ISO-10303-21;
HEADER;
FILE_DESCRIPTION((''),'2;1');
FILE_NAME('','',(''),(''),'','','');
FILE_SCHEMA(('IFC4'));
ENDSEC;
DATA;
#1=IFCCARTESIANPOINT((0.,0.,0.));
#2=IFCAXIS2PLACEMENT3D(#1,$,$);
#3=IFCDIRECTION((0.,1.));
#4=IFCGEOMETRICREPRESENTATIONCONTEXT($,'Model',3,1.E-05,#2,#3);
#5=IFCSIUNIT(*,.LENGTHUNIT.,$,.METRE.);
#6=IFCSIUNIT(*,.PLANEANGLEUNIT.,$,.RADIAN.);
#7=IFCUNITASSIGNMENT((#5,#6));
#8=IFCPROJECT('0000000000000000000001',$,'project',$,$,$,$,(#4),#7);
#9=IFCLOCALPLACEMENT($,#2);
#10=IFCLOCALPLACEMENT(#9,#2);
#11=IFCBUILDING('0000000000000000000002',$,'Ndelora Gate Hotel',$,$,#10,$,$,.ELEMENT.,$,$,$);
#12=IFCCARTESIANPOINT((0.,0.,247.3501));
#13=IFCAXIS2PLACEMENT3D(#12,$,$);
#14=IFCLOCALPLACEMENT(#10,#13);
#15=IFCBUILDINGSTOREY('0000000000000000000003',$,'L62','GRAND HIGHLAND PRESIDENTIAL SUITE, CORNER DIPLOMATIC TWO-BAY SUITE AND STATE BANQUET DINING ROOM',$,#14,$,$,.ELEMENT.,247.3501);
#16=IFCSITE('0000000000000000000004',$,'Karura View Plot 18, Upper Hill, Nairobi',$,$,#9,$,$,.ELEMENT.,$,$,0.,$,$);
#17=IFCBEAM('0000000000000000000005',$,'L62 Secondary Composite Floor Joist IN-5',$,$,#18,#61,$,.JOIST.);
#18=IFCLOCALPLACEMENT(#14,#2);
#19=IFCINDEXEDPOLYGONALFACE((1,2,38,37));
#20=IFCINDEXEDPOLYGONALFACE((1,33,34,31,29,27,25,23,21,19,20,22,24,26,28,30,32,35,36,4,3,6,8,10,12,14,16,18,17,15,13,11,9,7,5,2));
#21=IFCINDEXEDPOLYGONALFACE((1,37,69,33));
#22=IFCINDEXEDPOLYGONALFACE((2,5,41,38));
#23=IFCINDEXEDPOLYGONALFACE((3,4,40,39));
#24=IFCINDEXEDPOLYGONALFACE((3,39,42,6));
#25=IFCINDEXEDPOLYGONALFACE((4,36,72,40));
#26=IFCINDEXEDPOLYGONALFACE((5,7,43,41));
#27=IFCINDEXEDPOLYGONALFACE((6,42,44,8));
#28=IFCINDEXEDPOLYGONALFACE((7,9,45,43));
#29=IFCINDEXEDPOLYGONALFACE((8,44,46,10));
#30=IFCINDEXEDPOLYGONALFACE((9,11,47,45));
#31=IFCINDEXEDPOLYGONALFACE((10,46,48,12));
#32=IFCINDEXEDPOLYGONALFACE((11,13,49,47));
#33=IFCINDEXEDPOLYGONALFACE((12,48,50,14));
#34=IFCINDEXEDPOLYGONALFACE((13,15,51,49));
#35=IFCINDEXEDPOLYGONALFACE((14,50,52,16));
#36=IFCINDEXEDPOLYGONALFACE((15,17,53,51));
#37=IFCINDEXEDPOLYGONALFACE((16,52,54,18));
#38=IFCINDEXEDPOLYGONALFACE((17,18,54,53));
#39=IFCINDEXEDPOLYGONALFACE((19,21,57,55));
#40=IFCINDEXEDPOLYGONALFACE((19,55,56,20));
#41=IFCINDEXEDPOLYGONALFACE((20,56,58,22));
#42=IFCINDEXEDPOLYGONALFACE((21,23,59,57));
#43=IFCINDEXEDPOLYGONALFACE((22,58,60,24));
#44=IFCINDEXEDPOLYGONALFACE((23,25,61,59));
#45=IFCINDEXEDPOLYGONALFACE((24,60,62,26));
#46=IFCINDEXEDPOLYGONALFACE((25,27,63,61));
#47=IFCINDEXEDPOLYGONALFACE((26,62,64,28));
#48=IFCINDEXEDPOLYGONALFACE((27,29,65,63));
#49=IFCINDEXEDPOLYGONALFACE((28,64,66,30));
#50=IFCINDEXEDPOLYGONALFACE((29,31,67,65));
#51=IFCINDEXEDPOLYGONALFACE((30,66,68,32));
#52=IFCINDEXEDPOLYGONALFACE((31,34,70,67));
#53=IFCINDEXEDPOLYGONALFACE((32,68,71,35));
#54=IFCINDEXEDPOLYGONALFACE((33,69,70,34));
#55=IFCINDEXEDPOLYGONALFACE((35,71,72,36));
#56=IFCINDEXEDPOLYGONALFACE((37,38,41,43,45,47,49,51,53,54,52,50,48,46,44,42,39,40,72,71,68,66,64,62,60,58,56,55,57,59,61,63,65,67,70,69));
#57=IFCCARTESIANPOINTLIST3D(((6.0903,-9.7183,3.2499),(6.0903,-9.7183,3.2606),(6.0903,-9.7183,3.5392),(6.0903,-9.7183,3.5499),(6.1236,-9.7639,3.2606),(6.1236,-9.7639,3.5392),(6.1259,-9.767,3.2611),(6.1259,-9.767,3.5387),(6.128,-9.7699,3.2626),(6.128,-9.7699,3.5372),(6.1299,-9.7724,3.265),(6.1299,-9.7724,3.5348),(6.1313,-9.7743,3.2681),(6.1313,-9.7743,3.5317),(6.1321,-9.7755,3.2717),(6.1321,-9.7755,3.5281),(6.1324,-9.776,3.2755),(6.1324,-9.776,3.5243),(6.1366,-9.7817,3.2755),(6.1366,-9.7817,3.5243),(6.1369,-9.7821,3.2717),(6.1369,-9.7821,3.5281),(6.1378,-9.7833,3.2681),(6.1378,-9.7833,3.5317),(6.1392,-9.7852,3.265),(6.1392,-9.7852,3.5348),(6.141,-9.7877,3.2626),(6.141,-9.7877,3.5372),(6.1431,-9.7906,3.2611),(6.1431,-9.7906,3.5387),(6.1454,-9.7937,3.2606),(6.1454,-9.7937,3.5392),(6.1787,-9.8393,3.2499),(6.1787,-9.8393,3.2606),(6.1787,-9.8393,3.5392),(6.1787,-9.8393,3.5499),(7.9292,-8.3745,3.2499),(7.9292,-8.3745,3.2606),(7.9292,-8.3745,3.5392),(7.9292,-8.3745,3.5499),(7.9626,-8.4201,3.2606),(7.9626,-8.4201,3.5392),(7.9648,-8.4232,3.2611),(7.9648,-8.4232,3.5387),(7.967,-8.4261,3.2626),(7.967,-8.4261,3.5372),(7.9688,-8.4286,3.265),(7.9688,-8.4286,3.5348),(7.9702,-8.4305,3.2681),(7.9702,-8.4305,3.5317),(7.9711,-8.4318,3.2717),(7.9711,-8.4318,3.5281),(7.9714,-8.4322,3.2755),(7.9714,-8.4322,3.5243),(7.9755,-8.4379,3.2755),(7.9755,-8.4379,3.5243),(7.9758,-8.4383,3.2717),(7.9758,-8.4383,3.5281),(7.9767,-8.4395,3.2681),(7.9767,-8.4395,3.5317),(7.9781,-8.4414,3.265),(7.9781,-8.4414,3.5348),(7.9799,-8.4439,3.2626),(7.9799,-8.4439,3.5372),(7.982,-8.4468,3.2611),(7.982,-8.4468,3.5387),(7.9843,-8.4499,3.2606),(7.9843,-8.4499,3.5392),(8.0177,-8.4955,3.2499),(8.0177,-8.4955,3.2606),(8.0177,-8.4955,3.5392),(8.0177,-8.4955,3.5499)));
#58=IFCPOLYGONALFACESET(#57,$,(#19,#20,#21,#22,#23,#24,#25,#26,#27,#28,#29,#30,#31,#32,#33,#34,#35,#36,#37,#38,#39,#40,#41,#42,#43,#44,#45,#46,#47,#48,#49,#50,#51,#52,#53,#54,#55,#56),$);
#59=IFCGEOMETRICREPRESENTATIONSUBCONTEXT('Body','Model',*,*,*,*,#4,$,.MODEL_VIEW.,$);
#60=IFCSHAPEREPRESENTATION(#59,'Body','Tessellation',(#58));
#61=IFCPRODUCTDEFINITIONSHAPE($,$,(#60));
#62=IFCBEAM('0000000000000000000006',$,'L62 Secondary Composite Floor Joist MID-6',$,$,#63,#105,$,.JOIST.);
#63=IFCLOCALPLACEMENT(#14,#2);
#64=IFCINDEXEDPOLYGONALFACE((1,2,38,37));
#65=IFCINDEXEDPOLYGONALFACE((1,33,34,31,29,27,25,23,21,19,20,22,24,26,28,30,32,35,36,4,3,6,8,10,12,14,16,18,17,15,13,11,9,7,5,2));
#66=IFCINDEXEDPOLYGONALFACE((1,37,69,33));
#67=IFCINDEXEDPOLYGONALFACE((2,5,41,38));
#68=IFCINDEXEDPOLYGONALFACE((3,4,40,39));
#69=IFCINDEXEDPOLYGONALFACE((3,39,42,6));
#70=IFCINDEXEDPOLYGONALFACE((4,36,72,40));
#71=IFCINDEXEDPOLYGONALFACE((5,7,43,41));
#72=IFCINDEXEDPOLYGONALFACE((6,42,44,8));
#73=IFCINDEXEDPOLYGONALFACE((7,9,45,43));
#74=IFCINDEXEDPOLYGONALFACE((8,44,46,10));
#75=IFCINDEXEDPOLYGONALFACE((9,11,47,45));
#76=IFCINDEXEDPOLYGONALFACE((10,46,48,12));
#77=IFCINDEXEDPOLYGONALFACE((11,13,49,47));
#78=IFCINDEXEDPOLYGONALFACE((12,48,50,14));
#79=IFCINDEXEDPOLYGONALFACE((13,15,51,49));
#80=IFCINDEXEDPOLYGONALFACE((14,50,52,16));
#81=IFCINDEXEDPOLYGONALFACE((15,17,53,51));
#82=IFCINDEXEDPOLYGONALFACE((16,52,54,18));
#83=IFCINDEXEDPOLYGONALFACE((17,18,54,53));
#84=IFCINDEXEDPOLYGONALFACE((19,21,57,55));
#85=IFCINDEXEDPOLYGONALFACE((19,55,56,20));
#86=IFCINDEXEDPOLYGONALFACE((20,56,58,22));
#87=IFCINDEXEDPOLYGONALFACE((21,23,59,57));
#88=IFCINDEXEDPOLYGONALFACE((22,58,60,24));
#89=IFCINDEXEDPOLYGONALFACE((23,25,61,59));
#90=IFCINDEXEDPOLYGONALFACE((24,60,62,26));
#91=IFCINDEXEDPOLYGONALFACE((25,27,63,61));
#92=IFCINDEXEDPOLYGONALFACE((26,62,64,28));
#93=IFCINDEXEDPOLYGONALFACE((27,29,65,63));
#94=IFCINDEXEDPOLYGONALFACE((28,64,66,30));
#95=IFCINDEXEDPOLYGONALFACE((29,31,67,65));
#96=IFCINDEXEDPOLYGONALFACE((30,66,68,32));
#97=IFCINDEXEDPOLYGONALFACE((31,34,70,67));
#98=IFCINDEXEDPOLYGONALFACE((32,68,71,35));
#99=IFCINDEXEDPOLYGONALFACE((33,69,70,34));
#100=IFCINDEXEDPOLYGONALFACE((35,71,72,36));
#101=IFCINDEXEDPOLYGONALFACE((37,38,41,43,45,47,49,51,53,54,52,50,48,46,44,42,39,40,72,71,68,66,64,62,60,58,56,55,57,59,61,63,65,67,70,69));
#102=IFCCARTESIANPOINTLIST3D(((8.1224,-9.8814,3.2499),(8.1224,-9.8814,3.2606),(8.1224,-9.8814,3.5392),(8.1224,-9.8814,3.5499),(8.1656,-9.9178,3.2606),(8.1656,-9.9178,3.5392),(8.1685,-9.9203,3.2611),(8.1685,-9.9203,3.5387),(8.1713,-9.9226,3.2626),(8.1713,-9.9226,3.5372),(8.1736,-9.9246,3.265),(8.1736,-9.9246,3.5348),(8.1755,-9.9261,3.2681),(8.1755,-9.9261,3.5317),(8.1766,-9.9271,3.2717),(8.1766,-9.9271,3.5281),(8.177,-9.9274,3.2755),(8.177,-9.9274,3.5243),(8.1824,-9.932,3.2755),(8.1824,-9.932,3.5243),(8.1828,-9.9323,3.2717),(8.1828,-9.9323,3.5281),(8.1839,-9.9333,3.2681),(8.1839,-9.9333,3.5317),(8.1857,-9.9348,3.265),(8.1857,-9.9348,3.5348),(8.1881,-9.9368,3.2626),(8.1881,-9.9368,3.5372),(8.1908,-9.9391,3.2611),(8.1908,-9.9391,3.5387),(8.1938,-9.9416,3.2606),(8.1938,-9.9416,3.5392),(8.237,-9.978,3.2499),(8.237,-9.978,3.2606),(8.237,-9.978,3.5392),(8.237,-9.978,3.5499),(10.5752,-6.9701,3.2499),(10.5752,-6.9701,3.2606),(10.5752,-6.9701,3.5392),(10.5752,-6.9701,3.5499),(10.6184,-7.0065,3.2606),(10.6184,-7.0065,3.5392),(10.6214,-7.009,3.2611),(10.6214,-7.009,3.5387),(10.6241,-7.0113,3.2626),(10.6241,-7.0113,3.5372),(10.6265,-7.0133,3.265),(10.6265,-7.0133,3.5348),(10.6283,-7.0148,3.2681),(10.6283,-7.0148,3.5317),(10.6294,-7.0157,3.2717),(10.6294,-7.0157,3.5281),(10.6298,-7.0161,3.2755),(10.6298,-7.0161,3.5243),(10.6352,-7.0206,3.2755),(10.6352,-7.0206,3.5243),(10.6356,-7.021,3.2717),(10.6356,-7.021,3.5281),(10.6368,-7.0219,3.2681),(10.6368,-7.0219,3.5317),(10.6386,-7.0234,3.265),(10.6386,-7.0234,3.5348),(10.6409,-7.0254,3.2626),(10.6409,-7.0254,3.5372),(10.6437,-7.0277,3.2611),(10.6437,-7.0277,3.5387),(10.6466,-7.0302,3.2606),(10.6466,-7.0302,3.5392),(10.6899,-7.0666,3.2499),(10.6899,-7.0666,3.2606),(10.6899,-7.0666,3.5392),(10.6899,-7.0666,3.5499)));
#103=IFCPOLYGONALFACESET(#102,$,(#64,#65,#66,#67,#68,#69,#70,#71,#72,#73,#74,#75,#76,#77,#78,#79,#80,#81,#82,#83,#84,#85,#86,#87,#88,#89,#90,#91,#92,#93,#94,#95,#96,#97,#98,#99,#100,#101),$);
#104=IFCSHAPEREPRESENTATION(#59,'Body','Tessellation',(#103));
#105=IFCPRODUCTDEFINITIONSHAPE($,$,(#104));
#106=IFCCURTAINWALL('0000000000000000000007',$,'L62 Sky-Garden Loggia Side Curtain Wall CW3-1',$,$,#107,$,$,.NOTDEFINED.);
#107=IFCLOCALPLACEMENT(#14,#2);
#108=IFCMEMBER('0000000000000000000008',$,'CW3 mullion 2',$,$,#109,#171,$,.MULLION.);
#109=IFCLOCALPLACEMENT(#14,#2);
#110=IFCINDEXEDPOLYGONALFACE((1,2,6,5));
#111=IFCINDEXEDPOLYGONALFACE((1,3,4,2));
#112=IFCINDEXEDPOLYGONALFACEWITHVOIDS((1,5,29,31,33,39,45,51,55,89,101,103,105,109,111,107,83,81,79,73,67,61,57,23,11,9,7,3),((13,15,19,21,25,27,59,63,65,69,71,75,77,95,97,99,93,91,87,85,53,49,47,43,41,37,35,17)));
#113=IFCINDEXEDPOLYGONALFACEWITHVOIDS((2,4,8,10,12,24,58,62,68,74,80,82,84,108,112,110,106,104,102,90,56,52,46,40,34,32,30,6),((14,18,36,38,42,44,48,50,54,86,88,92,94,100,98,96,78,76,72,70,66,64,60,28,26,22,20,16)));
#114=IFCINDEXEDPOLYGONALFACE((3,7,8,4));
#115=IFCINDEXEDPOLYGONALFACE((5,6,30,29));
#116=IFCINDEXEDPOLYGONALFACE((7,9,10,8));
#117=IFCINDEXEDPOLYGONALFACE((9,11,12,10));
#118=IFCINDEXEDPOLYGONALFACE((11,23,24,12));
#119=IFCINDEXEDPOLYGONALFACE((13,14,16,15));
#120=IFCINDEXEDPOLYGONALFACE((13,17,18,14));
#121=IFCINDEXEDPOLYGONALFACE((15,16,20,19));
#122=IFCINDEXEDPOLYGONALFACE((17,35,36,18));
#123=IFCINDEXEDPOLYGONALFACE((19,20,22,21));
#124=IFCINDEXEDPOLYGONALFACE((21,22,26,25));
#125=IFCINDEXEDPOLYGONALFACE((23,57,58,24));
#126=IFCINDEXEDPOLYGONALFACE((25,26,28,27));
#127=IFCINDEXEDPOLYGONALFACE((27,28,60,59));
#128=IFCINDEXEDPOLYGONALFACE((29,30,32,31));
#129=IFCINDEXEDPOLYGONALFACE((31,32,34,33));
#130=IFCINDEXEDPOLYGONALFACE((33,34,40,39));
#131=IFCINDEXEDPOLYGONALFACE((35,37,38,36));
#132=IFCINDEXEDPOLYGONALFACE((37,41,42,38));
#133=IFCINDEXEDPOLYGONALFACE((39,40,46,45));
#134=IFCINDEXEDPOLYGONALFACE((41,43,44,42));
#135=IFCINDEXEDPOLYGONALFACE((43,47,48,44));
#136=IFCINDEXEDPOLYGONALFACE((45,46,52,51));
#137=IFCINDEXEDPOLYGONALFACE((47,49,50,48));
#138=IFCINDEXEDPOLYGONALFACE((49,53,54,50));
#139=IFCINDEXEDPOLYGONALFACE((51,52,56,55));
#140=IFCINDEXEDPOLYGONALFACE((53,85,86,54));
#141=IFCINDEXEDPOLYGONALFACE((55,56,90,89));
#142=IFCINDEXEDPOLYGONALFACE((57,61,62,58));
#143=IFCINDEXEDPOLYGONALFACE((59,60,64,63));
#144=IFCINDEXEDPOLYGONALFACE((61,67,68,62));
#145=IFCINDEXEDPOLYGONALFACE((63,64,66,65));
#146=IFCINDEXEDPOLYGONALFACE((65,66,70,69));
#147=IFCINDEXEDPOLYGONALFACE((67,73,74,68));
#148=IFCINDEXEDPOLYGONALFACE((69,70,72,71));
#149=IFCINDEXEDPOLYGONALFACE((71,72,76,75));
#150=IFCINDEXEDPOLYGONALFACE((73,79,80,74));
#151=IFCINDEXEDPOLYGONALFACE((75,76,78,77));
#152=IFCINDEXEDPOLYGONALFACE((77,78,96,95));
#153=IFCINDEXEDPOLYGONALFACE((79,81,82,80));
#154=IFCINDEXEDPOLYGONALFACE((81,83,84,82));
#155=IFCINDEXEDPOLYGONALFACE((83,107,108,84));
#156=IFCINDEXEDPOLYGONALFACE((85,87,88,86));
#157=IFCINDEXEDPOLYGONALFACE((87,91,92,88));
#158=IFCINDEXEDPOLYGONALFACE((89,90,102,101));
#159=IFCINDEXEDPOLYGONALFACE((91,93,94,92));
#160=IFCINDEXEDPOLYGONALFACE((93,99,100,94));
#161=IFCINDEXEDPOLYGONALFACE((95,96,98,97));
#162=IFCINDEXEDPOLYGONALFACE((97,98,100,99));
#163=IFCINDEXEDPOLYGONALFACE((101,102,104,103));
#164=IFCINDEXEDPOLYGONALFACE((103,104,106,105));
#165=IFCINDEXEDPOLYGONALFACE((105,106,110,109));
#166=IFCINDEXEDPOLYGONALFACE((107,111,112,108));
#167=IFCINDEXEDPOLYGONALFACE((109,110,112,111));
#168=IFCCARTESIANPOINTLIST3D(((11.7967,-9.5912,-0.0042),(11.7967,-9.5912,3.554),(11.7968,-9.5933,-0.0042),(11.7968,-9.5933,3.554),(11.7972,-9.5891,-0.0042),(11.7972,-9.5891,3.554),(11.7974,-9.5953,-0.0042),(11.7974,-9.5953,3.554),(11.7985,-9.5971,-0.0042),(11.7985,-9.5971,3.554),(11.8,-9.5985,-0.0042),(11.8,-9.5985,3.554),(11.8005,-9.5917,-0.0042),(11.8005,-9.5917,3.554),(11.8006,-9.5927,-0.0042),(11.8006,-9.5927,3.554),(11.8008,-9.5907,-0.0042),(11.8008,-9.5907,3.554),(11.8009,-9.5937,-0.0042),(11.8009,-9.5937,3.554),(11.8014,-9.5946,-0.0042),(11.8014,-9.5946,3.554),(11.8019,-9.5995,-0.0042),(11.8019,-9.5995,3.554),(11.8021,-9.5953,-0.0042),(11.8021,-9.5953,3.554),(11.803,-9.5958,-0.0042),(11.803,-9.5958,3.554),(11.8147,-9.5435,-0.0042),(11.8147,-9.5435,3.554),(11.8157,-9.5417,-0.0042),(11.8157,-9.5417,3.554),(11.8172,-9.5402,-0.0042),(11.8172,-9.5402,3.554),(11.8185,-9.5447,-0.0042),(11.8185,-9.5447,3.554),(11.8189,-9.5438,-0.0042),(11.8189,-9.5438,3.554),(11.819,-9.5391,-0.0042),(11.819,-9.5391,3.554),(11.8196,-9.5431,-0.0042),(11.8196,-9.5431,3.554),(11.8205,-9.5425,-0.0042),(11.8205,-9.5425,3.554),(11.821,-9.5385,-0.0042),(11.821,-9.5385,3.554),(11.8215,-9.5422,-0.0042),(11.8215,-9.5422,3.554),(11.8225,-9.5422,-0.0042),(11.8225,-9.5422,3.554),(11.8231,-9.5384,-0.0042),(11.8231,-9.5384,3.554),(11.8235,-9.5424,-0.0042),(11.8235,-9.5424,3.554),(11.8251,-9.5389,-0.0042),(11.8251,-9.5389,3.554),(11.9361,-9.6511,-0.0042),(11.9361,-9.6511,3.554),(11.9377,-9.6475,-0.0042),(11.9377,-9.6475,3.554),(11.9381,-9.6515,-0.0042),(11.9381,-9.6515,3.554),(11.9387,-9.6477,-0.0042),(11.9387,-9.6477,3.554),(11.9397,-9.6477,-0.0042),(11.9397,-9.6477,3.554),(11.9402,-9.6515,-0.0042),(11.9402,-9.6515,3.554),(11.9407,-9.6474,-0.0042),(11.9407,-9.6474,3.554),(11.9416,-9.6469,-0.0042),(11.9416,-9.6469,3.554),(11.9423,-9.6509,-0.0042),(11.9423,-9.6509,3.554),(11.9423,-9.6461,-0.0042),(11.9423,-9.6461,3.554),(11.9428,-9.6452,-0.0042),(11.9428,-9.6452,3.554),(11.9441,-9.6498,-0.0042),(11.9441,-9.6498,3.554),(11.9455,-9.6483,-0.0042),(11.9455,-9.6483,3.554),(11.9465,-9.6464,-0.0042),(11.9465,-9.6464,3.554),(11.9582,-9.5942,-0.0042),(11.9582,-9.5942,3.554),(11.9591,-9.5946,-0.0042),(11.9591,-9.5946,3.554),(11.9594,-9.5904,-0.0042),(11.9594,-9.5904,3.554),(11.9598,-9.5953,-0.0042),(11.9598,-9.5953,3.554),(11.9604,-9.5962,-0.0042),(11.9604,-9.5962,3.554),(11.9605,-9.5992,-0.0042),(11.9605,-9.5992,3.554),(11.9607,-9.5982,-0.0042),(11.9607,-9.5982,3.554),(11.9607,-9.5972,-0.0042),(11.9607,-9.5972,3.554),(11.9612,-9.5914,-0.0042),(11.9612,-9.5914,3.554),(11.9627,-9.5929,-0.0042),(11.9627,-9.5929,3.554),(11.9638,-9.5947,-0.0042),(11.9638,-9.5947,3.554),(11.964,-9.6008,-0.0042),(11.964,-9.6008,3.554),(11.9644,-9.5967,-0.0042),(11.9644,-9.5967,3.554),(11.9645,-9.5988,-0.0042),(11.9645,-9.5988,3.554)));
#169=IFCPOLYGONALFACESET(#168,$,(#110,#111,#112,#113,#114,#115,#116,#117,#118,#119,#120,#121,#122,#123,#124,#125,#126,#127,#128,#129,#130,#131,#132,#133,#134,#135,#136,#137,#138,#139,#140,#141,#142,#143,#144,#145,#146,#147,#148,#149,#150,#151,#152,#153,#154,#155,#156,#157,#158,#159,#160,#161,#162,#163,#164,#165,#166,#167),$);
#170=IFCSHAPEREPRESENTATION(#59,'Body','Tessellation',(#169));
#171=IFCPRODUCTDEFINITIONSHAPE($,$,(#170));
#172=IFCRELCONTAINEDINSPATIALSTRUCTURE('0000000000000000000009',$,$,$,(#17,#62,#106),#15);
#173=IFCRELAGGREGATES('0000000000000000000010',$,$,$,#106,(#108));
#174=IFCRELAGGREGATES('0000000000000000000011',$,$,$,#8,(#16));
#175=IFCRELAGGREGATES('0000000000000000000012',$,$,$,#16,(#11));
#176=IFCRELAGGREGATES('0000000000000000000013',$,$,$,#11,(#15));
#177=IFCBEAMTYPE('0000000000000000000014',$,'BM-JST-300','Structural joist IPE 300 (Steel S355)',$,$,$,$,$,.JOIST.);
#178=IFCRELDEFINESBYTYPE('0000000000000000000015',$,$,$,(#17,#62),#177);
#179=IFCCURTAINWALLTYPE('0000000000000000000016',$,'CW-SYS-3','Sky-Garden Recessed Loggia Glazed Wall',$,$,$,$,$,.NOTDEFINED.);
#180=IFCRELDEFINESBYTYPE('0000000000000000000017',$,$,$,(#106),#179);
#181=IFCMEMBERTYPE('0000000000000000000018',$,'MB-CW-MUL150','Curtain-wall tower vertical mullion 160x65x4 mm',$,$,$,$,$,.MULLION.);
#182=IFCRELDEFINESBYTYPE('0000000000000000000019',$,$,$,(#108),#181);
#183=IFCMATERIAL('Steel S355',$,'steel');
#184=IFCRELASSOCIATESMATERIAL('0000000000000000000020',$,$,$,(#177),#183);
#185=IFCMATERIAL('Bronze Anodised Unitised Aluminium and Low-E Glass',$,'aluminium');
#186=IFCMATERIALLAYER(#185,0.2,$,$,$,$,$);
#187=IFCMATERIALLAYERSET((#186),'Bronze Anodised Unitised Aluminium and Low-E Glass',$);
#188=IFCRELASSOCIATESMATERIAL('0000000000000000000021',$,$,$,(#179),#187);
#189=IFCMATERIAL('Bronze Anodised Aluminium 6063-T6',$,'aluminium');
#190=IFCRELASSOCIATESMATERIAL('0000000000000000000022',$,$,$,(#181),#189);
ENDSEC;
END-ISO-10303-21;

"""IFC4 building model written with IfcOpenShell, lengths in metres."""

from ifc_helpers import new_model, si_unit, direction, frame, origin, origin_2d, place, context, subcontext, project, spatial, hollow_rectangle, i_section, extrude, material, layer, layer_set, material_profile, profile_set, type_object, element, aggregate, save


model = new_model("IFC4")

# Units and contexts
model_context = context("Model", 3, precision=1e-05, world=origin(), true_north=direction((0.0, 1.0)))
body_context = subcontext(model_context, "Body", "Model", "MODEL_VIEW")
ifc_project = project(units=[si_unit("LENGTHUNIT", "METRE"), si_unit("PLANEANGLEUNIT", "RADIAN")], contexts=[model_context])

# Site, building, storey
site_placement = place(None, origin())
site = spatial("IfcSite", under=ifc_project, at=site_placement, Name="Karura View Plot 18, Upper Hill, Nairobi", CompositionType="ELEMENT", RefElevation=0.0)
building_placement = place(site_placement, origin())
building = spatial("IfcBuilding", under=site, at=building_placement, Name="Ndelora Gate Hotel", CompositionType="ELEMENT")
storey_placement = place(building_placement, frame((0.0, 0.0, 247.3501)))
storey = spatial("IfcBuildingStorey", under=building, at=storey_placement, Name="L62", Description="GRAND HIGHLAND PRESIDENTIAL SUITE, CORNER DIPLOMATIC TWO-BAY SUITE AND STATE BANQUET DINING ROOM", CompositionType="ELEMENT", Elevation=247.3501)

# Beams
ifc_material_1 = material(Name="Steel S355", Category="steel")
ifc_material_profile_1 = material_profile(ifc_material_1, i_section(OverallWidth=0.1499, OverallDepth=0.3, WebThickness=0.0071, FlangeThickness=0.0107, FilletRadius=0.0149, at=origin_2d()), Name="IPE 300")
ifc_profile_set_1 = profile_set([ifc_material_profile_1], Name="Steel S355")
beam_type = type_object("IfcBeamType", Name="BM-JST-300", Description="Structural joist IPE 300 (Steel S355)", PredefinedType="JOIST", material=ifc_profile_set_1)
beam_1_placement = place(storey_placement, frame((6.1345, -9.7788, 3.3999), z_axis=(0.807399, 0.590006, 0.0), x_axis=(-0.590006, 0.807399, 0.0)))
element("IfcBeam", 1, at=beam_1_placement, inside=storey, type_object=beam_type, Name="L62 Secondary Composite Floor Joist IN-5", PredefinedType="JOIST", context=body_context, shape_type="SweptSolid", body=[
    extrude(i_section(OverallWidth=0.1499, OverallDepth=0.3, WebThickness=0.0071, FlangeThickness=0.0107, FilletRadius=0.0149, at=origin_2d()), origin(), (0.0, 0.0, 1.0), 2.2776),
])
beam_2_placement = place(storey_placement, frame((8.1797, -9.9297, 3.3999), z_axis=(0.644319, 0.764757, 0.0), x_axis=(-0.764757, 0.644319, 0.0)))
element("IfcBeam", 2, at=beam_2_placement, inside=storey, type_object=beam_type, Name="L62 Secondary Composite Floor Joist MID-6", PredefinedType="JOIST", context=body_context, shape_type="SweptSolid", body=[
    extrude(i_section(OverallWidth=0.1499, OverallDepth=0.3, WebThickness=0.0071, FlangeThickness=0.0107, FilletRadius=0.0149, at=origin_2d()), origin(), (0.0, 0.0, 1.0), 3.8069),
])

# Curtain wall, member
ifc_material_2 = material(Name="Bronze Anodised Unitised Aluminium and Low-E Glass", Category="aluminium")
ifc_layer_1 = layer(ifc_material_2, 0.2)
ifc_layer_set_1 = layer_set([ifc_layer_1], Name="Bronze Anodised Unitised Aluminium and Low-E Glass")
curtain_wall_type = type_object("IfcCurtainWallType", Name="CW-SYS-3", Description="Sky-Garden Recessed Loggia Glazed Wall", PredefinedType="NOTDEFINED", material=ifc_layer_set_1)
curtain_wall_placement = place(storey_placement, origin())
curtain_wall = element("IfcCurtainWall", 3, at=curtain_wall_placement, inside=storey, type_object=curtain_wall_type, Name="L62 Sky-Garden Loggia Side Curtain Wall CW3-1", PredefinedType="NOTDEFINED")
ifc_material_3 = material(Name="Bronze Anodised Aluminium 6063-T6", Category="aluminium")
ifc_material_profile_2 = material_profile(ifc_material_3, hollow_rectangle(XDim=0.0649, YDim=0.1599, WallThickness=0.0039, InnerFilletRadius=0.0039, OuterFilletRadius=0.0081, at=origin_2d()), Name="ALU 160x65x4")
ifc_profile_set_2 = profile_set([ifc_material_profile_2], Name="Bronze Anodised Aluminium 6063-T6")
member_type_1 = type_object("IfcMemberType", Name="MB-CW-MUL150", Description="Curtain-wall tower vertical mullion 160x65x4 mm", PredefinedType="MULLION", material=ifc_profile_set_2)
member_1_placement = place(storey_placement, frame((11.8806, -9.595, -0.0042), z_axis=(0.0, 0.0, 1.0), x_axis=(0.358376, 0.933577, 0.0)))
member_1 = element("IfcMember", 4, at=member_1_placement, type_object=member_type_1, Name="CW3 mullion 2", PredefinedType="MULLION", context=body_context, shape_type="SweptSolid", body=[
    extrude(hollow_rectangle(XDim=0.0649, YDim=0.1599, WallThickness=0.0039, InnerFilletRadius=0.0039, OuterFilletRadius=0.0081, at=origin_2d()), origin(), (0.0, 0.0, 1.0), 3.5581),
])
aggregate(curtain_wall, [member_1])

save(model, "model.ifc")
